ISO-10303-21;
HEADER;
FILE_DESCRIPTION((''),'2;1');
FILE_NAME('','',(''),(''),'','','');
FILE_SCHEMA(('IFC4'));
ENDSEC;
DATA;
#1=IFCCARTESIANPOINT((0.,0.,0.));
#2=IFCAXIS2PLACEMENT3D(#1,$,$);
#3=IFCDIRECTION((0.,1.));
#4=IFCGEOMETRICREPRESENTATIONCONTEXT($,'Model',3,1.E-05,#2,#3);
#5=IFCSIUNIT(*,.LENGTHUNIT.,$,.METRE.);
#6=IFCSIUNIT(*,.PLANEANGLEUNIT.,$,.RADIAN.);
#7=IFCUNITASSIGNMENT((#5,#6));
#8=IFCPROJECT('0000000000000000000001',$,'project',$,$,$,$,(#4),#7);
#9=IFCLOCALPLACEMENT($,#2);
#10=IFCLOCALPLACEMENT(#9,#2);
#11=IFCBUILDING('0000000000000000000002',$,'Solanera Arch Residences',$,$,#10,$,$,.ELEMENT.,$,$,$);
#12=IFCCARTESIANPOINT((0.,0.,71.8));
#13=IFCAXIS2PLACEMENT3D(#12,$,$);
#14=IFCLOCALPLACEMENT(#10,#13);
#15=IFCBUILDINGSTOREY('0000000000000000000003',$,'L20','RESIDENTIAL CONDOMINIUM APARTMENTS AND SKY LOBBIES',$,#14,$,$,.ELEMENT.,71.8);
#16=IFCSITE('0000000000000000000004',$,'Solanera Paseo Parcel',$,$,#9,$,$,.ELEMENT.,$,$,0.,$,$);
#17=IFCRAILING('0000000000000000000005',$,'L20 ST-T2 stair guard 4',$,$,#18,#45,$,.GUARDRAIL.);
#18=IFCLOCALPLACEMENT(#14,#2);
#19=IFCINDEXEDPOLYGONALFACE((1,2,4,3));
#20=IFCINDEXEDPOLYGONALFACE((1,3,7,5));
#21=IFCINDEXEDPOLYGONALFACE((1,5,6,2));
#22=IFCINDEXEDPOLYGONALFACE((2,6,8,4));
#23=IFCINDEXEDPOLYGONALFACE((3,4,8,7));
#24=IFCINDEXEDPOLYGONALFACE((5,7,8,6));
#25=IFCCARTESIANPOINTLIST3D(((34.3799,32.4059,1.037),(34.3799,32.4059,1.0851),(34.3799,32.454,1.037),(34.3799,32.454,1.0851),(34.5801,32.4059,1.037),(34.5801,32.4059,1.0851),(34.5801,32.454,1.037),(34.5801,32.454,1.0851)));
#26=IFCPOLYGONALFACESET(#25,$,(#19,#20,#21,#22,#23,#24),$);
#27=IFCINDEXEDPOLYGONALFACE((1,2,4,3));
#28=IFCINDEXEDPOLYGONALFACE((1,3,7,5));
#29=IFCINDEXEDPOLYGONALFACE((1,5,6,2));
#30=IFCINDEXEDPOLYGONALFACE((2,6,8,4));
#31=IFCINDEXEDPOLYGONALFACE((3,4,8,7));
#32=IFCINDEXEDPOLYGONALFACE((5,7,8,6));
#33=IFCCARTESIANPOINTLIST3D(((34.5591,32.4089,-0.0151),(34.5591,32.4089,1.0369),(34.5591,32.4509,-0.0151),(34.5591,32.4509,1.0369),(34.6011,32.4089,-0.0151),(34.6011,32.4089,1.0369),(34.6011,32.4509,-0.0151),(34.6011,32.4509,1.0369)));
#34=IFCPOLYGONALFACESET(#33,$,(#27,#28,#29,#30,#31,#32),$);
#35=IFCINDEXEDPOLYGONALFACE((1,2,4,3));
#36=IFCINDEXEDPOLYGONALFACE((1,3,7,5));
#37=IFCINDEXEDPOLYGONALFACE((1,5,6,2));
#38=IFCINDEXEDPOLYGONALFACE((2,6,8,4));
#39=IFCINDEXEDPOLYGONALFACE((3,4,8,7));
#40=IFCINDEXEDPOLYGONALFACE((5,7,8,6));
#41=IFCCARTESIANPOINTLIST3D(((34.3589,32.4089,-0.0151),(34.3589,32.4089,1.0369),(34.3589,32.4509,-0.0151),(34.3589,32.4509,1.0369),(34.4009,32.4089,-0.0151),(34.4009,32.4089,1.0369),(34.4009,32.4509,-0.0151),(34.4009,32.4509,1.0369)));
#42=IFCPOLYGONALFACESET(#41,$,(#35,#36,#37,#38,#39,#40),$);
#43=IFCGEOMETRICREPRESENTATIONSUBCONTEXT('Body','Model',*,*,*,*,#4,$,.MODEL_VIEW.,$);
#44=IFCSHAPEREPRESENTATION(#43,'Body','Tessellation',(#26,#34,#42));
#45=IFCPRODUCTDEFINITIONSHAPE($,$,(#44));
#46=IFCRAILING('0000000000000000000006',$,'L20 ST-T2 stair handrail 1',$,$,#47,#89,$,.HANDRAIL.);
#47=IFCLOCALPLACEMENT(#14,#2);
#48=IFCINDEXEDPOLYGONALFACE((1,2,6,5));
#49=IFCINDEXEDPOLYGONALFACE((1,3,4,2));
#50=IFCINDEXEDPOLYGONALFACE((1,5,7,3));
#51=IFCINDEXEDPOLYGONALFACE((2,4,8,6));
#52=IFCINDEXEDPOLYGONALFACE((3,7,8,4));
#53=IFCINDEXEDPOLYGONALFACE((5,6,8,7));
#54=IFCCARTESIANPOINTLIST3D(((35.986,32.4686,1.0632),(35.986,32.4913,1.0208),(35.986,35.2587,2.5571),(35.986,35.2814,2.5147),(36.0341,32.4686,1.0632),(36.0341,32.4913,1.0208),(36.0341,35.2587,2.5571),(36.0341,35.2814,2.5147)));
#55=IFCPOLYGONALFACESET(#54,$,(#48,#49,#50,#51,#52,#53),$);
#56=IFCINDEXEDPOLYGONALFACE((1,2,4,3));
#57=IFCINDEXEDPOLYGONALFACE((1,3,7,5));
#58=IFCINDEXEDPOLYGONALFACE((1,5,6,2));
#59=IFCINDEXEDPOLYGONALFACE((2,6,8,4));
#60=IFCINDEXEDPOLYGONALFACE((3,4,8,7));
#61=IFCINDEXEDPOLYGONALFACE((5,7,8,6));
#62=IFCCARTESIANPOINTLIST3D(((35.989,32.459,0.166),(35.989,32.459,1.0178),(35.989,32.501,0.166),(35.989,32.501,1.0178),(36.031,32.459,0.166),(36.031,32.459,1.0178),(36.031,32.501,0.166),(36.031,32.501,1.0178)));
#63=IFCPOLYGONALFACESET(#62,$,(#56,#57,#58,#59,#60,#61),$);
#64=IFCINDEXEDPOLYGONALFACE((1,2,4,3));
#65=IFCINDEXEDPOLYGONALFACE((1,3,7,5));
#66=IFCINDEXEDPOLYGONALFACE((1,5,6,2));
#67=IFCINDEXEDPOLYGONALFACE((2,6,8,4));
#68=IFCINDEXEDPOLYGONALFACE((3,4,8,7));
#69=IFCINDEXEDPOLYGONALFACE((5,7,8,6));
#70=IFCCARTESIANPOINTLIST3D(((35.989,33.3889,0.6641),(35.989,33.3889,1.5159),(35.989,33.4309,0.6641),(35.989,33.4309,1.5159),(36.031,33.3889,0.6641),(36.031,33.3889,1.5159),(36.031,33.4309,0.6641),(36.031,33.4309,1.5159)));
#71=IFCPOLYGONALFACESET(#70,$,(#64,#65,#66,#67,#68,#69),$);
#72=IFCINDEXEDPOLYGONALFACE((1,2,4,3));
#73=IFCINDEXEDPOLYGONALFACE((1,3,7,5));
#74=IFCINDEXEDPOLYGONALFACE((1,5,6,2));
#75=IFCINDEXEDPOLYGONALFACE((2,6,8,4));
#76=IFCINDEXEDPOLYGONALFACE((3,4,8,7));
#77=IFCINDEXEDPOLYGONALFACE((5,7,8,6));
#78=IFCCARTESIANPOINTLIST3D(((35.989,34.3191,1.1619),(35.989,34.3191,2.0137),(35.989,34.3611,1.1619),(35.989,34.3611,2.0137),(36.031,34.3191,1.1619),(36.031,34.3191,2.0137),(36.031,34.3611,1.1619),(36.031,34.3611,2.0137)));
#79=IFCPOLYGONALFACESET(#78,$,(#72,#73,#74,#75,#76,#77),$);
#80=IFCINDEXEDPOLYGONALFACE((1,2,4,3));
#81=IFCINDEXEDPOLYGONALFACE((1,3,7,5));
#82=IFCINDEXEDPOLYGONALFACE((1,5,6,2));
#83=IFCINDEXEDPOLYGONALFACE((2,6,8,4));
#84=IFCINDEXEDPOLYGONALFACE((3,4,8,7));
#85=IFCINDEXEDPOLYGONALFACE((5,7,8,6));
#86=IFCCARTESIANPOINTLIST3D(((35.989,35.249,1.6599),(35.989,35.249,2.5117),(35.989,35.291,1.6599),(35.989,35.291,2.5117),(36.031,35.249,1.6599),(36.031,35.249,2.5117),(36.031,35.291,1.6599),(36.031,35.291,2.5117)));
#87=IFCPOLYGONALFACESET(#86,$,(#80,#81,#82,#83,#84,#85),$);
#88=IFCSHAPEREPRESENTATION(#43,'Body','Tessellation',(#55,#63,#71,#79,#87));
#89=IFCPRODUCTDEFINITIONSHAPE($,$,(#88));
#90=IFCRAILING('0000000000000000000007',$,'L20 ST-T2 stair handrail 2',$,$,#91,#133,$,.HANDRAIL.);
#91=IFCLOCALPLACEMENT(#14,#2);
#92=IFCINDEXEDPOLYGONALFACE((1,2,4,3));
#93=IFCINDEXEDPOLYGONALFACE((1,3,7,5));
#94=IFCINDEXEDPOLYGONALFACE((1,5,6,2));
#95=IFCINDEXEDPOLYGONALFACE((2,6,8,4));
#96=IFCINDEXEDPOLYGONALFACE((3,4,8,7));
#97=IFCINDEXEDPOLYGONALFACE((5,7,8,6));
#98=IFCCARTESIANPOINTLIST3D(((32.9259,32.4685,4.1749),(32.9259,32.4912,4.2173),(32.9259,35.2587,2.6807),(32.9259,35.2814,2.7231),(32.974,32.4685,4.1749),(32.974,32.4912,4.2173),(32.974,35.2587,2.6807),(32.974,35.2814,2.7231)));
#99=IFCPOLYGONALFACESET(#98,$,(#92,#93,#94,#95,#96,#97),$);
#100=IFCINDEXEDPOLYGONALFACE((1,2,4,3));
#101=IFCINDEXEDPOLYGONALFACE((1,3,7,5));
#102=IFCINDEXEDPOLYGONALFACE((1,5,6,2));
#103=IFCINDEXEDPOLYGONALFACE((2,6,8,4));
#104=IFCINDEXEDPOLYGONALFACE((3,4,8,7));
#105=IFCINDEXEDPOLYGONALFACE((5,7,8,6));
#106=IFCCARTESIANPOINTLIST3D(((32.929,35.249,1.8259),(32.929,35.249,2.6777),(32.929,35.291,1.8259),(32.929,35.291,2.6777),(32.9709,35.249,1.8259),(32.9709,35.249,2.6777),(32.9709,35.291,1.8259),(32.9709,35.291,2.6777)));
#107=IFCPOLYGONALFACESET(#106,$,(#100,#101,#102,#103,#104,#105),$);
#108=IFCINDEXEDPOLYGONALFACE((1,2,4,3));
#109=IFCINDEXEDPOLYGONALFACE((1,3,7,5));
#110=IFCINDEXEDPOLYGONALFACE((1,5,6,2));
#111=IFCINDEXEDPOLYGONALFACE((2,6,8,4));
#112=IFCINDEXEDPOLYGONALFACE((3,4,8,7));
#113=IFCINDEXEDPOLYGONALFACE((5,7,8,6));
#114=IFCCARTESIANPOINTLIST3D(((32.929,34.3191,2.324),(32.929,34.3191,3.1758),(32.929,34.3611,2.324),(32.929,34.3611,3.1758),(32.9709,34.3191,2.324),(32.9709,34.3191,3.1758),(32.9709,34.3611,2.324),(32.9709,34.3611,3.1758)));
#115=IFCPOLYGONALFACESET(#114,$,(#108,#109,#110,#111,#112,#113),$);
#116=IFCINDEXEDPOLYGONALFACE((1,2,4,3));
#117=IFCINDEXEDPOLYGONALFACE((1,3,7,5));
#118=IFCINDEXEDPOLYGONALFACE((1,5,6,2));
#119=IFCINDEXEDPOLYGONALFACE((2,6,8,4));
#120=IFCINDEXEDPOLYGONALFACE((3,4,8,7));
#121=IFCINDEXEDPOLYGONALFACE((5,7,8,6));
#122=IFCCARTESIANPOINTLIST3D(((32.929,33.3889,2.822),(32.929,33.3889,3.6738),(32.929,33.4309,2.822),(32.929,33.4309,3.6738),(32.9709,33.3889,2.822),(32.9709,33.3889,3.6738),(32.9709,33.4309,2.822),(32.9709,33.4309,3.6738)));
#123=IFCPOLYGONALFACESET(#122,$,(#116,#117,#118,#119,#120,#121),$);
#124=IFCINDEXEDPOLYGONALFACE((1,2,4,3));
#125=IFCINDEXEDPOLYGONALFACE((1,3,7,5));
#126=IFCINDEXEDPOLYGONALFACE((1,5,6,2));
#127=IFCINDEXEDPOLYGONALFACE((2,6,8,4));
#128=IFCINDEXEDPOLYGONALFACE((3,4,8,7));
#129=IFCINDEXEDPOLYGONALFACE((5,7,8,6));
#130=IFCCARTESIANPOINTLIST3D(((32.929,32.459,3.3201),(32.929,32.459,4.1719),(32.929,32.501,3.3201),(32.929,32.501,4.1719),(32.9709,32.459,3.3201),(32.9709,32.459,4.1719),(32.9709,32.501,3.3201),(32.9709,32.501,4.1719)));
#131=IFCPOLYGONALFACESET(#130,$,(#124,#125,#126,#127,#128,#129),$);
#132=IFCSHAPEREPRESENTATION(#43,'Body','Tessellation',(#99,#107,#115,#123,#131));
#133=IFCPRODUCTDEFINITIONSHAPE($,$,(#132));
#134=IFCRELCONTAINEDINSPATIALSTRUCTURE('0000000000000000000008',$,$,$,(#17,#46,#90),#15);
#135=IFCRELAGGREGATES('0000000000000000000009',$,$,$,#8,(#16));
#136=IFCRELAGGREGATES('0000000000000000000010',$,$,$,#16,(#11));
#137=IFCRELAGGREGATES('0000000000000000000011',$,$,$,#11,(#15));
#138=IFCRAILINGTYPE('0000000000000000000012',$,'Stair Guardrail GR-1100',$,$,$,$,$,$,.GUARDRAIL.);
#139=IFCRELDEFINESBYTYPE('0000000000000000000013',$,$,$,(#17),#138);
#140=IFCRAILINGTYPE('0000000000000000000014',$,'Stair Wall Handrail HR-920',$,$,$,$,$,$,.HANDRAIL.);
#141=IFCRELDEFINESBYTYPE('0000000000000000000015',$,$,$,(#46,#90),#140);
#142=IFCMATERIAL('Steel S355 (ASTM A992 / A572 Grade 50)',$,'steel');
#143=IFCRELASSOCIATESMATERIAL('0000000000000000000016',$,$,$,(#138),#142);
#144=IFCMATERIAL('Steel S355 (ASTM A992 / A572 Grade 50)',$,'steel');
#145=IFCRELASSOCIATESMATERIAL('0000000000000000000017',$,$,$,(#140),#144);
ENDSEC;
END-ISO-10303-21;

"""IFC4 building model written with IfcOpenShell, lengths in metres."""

from ifc_helpers import new_model, si_unit, direction, frame, origin, origin_2d, place, context, subcontext, project, spatial, rectangle, extrude, material, type_object, element, save


model = new_model("IFC4")

# Units and contexts
model_context = context("Model", 3, precision=1e-05, world=origin(), true_north=direction((0.0, 1.0)))
body_context = subcontext(model_context, "Body", "Model", "MODEL_VIEW")
ifc_project = project(units=[si_unit("LENGTHUNIT", "METRE"), si_unit("PLANEANGLEUNIT", "RADIAN")], contexts=[model_context])

# Site, building, storey
site_placement = place(None, origin())
site = spatial("IfcSite", under=ifc_project, at=site_placement, Name="Solanera Paseo Parcel", CompositionType="ELEMENT", RefElevation=0.0)
building_placement = place(site_placement, origin())
building = spatial("IfcBuilding", under=site, at=building_placement, Name="Solanera Arch Residences", CompositionType="ELEMENT")
storey_placement = place(building_placement, frame((0.0, 0.0, 71.8)))
storey = spatial("IfcBuildingStorey", under=building, at=storey_placement, Name="L20", Description="RESIDENTIAL CONDOMINIUM APARTMENTS AND SKY LOBBIES", CompositionType="ELEMENT", Elevation=71.8)

# Railings
ifc_material_1 = material(Name="Steel S355 (ASTM A992 / A572 Grade 50)", Category="steel")
railing_type_1 = type_object("IfcRailingType", Name="Stair Guardrail GR-1100", PredefinedType="GUARDRAIL", material=ifc_material_1)
railing_1_placement = place(storey_placement, frame((34.5801, 32.4299, -0.0151)))
element("IfcRailing", 1, at=railing_1_placement, inside=storey, type_object=railing_type_1, Name="L20 ST-T2 stair guard 4", PredefinedType="GUARDRAIL", context=body_context, shape_type="SweptSolid", body=[
    extrude(rectangle(XDim=0.0481, YDim=0.0481, at=origin_2d()), frame((0.0, 0.0, 1.0762), z_axis=(-1.0, 0.0, 0.0), x_axis=(0.0, -1.0, 0.0)), (0.0, 0.0, 1.0), 0.2002),
    extrude(rectangle(XDim=0.042, YDim=0.042, at=origin_2d()), origin(), (0.0, 0.0, 1.0), 1.052),
    extrude(rectangle(XDim=0.042, YDim=0.042, at=origin_2d()), frame((-0.2002, 0.0, 0.0)), (0.0, 0.0, 1.0), 1.052),
])
ifc_material_2 = material(Name="Steel S355 (ASTM A992 / A572 Grade 50)", Category="steel")
railing_type_2 = type_object("IfcRailingType", Name="Stair Wall Handrail HR-920", PredefinedType="HANDRAIL", material=ifc_material_2)
railing_2_placement = place(storey_placement, frame((36.01, 32.48, 0.166)))
element("IfcRailing", 2, at=railing_2_placement, inside=storey, type_object=railing_type_2, Name="L20 ST-T2 stair handrail 1", PredefinedType="HANDRAIL", context=body_context, shape_type="SweptSolid", body=[
    extrude(rectangle(XDim=0.0481, YDim=0.0481, at=origin_2d()), frame((0.0, 0.0, 0.876), z_axis=(0.0, 0.881581, 0.472033), x_axis=(-1.0, 0.0, 0.0)), (0.0, 0.0, 1.0), 3.1648),
    extrude(rectangle(XDim=0.042, YDim=0.042, at=origin_2d()), origin(), (0.0, 0.0, 1.0), 0.8518),
    extrude(rectangle(XDim=0.042, YDim=0.042, at=origin_2d()), frame((0.0, 0.9299, 0.498)), (0.0, 0.0, 1.0), 0.8518),
    extrude(rectangle(XDim=0.042, YDim=0.042, at=origin_2d()), frame((0.0, 1.8601, 0.9958)), (0.0, 0.0, 1.0), 0.8518),
    extrude(rectangle(XDim=0.042, YDim=0.042, at=origin_2d()), frame((0.0, 2.79, 1.4939)), (0.0, 0.0, 1.0), 0.8518),
])
railing_3_placement = place(storey_placement, frame((32.95, 35.27, 1.8259)))
element("IfcRailing", 3, at=railing_3_placement, inside=storey, type_object=railing_type_2, Name="L20 ST-T2 stair handrail 2", PredefinedType="HANDRAIL", context=body_context, shape_type="SweptSolid", body=[
    extrude(rectangle(XDim=0.0481, YDim=0.0481, at=origin_2d()), frame((0.0, 0.0, 0.876), z_axis=(0.0, -0.881549, 0.472093), x_axis=(1.0, 0.0, 0.0)), (0.0, 0.0, 1.0), 3.165),
    extrude(rectangle(XDim=0.042, YDim=0.042, at=origin_2d()), origin(), (0.0, 0.0, 1.0), 0.8518),
    extrude(rectangle(XDim=0.042, YDim=0.042, at=origin_2d()), frame((0.0, -0.9299, 0.498)), (0.0, 0.0, 1.0), 0.8518),
    extrude(rectangle(XDim=0.042, YDim=0.042, at=origin_2d()), frame((0.0, -1.8601, 0.9961)), (0.0, 0.0, 1.0), 0.8518),
    extrude(rectangle(XDim=0.042, YDim=0.042, at=origin_2d()), frame((0.0, -2.79, 1.4941)), (0.0, 0.0, 1.0), 0.8518),
])

save(model, "model.ifc")
